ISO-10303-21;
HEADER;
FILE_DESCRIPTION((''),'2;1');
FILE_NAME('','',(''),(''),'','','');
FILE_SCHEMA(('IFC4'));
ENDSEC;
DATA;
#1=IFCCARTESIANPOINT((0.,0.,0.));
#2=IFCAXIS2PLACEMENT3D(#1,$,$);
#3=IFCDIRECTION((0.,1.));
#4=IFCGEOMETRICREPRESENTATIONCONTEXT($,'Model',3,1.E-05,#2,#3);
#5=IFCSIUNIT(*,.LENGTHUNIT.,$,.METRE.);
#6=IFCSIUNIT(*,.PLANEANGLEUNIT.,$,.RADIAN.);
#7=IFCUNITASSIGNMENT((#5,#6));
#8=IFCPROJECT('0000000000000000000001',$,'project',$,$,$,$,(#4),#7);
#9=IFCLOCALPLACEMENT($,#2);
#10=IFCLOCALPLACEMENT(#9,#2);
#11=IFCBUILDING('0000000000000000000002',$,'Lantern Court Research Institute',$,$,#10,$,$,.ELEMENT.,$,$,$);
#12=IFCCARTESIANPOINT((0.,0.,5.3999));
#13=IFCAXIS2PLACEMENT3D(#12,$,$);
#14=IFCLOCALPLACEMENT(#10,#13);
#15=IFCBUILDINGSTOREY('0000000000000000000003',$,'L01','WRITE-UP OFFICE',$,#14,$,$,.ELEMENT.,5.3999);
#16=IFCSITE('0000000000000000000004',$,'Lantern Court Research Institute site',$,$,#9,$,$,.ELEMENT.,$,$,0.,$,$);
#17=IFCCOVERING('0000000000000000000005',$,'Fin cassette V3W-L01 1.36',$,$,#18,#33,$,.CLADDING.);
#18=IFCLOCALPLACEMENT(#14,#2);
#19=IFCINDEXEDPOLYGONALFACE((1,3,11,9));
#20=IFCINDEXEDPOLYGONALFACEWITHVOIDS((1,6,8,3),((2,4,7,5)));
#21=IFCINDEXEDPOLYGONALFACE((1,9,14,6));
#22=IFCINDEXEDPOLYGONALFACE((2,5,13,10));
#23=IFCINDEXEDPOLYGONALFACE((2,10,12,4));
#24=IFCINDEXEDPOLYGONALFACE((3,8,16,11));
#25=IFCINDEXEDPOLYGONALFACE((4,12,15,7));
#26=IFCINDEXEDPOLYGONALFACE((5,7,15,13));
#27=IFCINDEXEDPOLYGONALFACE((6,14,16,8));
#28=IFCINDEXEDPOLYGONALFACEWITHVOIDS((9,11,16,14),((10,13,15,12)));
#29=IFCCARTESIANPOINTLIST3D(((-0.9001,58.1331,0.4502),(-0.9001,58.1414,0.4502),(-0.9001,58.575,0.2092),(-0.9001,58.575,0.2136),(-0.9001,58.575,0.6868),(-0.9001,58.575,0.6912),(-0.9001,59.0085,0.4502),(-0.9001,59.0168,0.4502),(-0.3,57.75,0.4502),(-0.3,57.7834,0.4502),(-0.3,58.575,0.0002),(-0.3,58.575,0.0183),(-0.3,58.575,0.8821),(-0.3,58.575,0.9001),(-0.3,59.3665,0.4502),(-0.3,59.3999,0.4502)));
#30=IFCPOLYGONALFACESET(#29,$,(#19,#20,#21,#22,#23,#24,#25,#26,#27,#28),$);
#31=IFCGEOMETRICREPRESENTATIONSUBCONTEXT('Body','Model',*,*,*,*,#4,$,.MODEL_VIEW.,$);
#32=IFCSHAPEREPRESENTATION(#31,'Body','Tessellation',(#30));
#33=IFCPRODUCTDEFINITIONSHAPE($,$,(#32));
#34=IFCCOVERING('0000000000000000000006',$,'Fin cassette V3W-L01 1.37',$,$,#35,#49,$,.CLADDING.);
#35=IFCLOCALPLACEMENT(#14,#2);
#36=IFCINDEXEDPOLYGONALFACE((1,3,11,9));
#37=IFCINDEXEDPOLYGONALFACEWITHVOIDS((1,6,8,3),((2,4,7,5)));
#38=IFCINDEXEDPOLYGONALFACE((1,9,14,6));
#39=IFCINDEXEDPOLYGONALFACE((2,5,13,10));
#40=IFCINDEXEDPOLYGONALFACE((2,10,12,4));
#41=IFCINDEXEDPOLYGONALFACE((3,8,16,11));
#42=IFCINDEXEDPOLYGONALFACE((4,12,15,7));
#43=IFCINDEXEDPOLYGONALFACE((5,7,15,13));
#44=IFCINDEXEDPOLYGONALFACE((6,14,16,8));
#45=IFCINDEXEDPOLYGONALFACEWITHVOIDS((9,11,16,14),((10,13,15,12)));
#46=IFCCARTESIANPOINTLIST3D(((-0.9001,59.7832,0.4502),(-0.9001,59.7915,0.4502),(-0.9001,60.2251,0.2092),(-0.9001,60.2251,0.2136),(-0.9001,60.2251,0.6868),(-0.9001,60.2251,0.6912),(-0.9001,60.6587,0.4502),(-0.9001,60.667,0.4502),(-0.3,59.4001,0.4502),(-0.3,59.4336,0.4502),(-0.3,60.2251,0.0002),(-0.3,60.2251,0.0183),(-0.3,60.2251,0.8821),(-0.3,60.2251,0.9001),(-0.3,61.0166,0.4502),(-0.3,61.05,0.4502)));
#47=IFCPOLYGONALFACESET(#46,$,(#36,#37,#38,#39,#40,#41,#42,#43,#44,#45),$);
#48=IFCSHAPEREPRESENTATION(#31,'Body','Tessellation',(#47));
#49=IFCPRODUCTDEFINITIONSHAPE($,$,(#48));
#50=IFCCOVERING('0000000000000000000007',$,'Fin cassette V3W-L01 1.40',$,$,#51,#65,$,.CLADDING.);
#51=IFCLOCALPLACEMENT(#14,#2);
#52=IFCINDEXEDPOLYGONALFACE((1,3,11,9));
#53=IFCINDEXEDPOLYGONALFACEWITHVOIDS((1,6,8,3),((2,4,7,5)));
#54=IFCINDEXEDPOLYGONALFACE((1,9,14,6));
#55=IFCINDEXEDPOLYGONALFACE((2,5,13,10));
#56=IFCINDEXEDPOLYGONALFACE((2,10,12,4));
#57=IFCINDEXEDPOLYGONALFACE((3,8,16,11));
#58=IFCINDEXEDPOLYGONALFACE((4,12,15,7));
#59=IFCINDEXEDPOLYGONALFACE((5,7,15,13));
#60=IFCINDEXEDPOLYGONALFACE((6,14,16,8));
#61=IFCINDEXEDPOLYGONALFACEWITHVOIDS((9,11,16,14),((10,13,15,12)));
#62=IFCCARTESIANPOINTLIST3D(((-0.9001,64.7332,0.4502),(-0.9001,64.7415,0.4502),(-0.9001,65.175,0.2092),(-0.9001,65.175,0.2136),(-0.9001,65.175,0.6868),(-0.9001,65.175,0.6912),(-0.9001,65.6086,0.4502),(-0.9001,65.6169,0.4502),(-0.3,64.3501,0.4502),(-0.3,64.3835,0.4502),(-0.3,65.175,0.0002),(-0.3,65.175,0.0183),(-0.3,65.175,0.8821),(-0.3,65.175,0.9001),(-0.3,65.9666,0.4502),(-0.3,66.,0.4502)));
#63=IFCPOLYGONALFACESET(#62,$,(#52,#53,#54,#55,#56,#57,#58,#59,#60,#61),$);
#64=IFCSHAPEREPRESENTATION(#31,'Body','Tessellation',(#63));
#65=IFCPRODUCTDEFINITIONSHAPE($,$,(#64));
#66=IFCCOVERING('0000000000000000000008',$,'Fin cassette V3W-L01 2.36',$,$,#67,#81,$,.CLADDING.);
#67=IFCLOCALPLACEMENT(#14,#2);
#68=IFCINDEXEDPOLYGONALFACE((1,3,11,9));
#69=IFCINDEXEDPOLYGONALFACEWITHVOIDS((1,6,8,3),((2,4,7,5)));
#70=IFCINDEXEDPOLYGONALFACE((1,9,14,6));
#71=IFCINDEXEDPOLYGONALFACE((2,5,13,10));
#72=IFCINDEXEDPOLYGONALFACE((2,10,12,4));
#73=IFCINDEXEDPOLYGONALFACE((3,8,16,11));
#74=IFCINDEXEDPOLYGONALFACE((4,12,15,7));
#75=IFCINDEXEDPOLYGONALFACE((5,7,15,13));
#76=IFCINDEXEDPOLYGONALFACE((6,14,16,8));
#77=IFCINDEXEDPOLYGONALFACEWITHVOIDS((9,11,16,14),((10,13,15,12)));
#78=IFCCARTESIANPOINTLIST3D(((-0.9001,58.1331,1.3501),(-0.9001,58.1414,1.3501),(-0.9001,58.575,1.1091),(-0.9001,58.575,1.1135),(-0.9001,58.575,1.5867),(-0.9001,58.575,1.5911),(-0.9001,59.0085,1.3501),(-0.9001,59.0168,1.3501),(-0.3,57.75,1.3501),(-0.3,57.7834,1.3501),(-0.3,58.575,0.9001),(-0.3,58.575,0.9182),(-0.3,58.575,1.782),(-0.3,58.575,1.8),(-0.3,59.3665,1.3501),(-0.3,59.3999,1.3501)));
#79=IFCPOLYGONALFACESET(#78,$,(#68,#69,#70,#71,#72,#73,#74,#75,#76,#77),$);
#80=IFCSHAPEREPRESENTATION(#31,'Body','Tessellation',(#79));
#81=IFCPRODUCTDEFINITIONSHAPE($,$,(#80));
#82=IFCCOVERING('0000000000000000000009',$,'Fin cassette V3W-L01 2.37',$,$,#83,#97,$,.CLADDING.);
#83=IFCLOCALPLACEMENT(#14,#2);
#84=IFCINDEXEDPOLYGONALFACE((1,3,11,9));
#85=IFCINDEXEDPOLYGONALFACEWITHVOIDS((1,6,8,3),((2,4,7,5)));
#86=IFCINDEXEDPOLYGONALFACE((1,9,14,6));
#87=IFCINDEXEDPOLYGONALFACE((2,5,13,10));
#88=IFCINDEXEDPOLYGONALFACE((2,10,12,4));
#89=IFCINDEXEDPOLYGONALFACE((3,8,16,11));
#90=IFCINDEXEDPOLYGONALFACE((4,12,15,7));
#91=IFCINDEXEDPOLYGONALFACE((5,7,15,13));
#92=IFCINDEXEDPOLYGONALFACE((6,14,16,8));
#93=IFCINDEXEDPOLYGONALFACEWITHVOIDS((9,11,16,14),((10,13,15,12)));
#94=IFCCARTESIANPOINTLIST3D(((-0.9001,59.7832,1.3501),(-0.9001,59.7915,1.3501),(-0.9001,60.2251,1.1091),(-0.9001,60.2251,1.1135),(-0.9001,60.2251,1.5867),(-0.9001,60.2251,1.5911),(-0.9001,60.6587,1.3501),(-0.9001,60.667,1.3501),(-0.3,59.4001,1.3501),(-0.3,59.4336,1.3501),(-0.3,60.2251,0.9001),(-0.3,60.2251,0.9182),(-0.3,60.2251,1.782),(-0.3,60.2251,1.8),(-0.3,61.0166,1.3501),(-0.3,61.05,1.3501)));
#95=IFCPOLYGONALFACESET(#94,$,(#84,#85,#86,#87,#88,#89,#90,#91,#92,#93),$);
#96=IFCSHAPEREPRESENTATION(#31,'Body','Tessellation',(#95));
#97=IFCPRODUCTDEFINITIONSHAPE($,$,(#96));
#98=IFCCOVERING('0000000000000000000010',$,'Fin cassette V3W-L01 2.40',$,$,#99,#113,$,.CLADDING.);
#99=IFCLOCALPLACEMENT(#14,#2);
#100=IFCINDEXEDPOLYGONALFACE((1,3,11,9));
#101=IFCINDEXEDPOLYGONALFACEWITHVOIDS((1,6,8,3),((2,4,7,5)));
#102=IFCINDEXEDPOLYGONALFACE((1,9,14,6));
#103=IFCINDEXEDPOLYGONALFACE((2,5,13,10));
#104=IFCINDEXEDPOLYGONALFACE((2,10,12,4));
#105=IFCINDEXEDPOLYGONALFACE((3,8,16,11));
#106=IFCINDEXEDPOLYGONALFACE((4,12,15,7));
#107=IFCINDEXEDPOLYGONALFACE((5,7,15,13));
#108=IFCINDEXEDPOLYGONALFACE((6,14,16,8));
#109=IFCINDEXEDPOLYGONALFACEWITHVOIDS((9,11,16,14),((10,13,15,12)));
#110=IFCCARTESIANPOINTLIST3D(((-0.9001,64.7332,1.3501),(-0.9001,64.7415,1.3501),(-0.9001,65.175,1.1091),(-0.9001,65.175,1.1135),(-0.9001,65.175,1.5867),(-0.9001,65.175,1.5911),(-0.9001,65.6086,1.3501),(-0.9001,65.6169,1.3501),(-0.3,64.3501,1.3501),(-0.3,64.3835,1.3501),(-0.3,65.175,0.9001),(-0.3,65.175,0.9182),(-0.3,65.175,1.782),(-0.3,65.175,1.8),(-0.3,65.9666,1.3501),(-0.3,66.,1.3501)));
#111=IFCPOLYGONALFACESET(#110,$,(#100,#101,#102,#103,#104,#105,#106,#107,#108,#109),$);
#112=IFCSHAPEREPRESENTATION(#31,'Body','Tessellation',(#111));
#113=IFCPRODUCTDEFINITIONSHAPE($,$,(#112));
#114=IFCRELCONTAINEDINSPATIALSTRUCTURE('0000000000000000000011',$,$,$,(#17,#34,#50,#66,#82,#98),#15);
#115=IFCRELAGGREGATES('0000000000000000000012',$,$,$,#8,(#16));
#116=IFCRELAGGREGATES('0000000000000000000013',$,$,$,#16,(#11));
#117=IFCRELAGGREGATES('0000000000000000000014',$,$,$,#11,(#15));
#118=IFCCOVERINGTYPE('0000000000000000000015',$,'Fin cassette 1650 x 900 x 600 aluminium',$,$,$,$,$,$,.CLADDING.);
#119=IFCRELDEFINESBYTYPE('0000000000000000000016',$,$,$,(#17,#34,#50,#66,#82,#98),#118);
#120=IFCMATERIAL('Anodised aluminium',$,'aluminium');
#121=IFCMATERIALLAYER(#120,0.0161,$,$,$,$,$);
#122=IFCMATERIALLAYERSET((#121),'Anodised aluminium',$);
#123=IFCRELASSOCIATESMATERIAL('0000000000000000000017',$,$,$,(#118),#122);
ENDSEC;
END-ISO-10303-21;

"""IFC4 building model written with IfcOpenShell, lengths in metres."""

from ifc_helpers import new_model, entity, si_unit, direction, frame, origin, place, context, subcontext, project, spatial, material, layer, layer_set, type_object, element, save


model = new_model("IFC4")

# Units and contexts
model_context = context("Model", 3, precision=1e-05, world=origin(), true_north=direction((0.0, 1.0)))
body_context = subcontext(model_context, "Body", "Model", "MODEL_VIEW")
ifc_project = project(units=[si_unit("LENGTHUNIT", "METRE"), si_unit("PLANEANGLEUNIT", "RADIAN")], contexts=[model_context])

# Site, building, storey
site_placement = place(None, origin())
site = spatial("IfcSite", under=ifc_project, at=site_placement, Name="Lantern Court Research Institute site", CompositionType="ELEMENT", RefElevation=0.0)
building_placement = place(site_placement, origin())
building = spatial("IfcBuilding", under=site, at=building_placement, Name="Lantern Court Research Institute", CompositionType="ELEMENT")
storey_placement = place(building_placement, frame((0.0, 0.0, 5.3999)))
storey = spatial("IfcBuildingStorey", under=building, at=storey_placement, Name="L01", Description="WRITE-UP OFFICE", CompositionType="ELEMENT", Elevation=5.3999)

# Coverings
ifc_material_1 = material(Name="Anodised aluminium", Category="aluminium")
ifc_layer_1 = layer(ifc_material_1, 0.0161)
ifc_layer_set_1 = layer_set([ifc_layer_1], Name="Anodised aluminium")
covering_type_1 = type_object("IfcCoveringType", Name="Fin cassette 1650 x 900 x 600 aluminium", PredefinedType="CLADDING", material=ifc_layer_set_1)
covering_1_placement = place(storey_placement, frame((-0.3, 58.575, 0.4502), z_axis=(-1.0, 0.0, 0.0), x_axis=(0.0, -1.0, 0.0)))
cartesian_point_1 = entity("IfcCartesianPoint", [0.825, 0.0])
cartesian_point_2 = entity("IfcCartesianPoint", [0.7915, 0.0])
cartesian_point_3 = entity("IfcCartesianPoint", [0.4419, 0.0])
cartesian_point_4 = entity("IfcCartesianPoint", [0.4336, 0.0])
element("IfcCovering", 1, at=covering_1_placement, inside=storey, type_object=covering_type_1, Name="Fin cassette V3W-L01 1.36", PredefinedType="CLADDING", context=body_context, shape_type="SweptSolid", body=[
    entity("IfcExtrudedAreaSolidTapered", entity("IfcArbitraryProfileDefWithVoids", "AREA", None, entity("IfcPolyline", [cartesian_point_1, entity("IfcCartesianPoint", [0.0, 0.45]), entity("IfcCartesianPoint", [-0.825, 0.0]), entity("IfcCartesianPoint", [0.0, -0.45]), cartesian_point_1]), [entity("IfcPolyline", [cartesian_point_2, entity("IfcCartesianPoint", [0.0, 0.4319]), entity("IfcCartesianPoint", [-0.7915, 0.0]), entity("IfcCartesianPoint", [0.0, -0.4319]), cartesian_point_2])]), entity("IfcAxis2Placement3D", entity("IfcCartesianPoint", [0.0, 0.0, 0.0])), entity("IfcDirection", [0.0, 0.0, 1.0]), 0.6001, entity("IfcArbitraryProfileDefWithVoids", "AREA", None, entity("IfcPolyline", [cartesian_point_3, entity("IfcCartesianPoint", [0.0, 0.241]), entity("IfcCartesianPoint", [-0.4419, 0.0]), entity("IfcCartesianPoint", [0.0, -0.241]), cartesian_point_3]), [entity("IfcPolyline", [cartesian_point_4, entity("IfcCartesianPoint", [0.0, 0.2366]), entity("IfcCartesianPoint", [-0.4336, 0.0]), entity("IfcCartesianPoint", [0.0, -0.2366]), cartesian_point_4])])),
])
covering_2_placement = place(storey_placement, frame((-0.3, 60.2251, 0.4502), z_axis=(-1.0, 0.0, 0.0), x_axis=(0.0, -1.0, 0.0)))
cartesian_point_5 = entity("IfcCartesianPoint", [0.825, 0.0])
cartesian_point_6 = entity("IfcCartesianPoint", [0.7915, 0.0])
cartesian_point_7 = entity("IfcCartesianPoint", [0.4419, 0.0])
cartesian_point_8 = entity("IfcCartesianPoint", [0.4336, 0.0])
element("IfcCovering", 2, at=covering_2_placement, inside=storey, type_object=covering_type_1, Name="Fin cassette V3W-L01 1.37", PredefinedType="CLADDING", context=body_context, shape_type="SweptSolid", body=[
    entity("IfcExtrudedAreaSolidTapered", entity("IfcArbitraryProfileDefWithVoids", "AREA", None, entity("IfcPolyline", [cartesian_point_5, entity("IfcCartesianPoint", [0.0, 0.45]), entity("IfcCartesianPoint", [-0.825, 0.0]), entity("IfcCartesianPoint", [0.0, -0.45]), cartesian_point_5]), [entity("IfcPolyline", [cartesian_point_6, entity("IfcCartesianPoint", [0.0, 0.4319]), entity("IfcCartesianPoint", [-0.7915, 0.0]), entity("IfcCartesianPoint", [0.0, -0.4319]), cartesian_point_6])]), entity("IfcAxis2Placement3D", entity("IfcCartesianPoint", [0.0, 0.0, 0.0])), entity("IfcDirection", [0.0, 0.0, 1.0]), 0.6001, entity("IfcArbitraryProfileDefWithVoids", "AREA", None, entity("IfcPolyline", [cartesian_point_7, entity("IfcCartesianPoint", [0.0, 0.241]), entity("IfcCartesianPoint", [-0.4419, 0.0]), entity("IfcCartesianPoint", [0.0, -0.241]), cartesian_point_7]), [entity("IfcPolyline", [cartesian_point_8, entity("IfcCartesianPoint", [0.0, 0.2366]), entity("IfcCartesianPoint", [-0.4336, 0.0]), entity("IfcCartesianPoint", [0.0, -0.2366]), cartesian_point_8])])),
])
covering_3_placement = place(storey_placement, frame((-0.3, 65.175, 0.4502), z_axis=(-1.0, 0.0, 0.0), x_axis=(0.0, -1.0, 0.0)))
cartesian_point_9 = entity("IfcCartesianPoint", [0.825, 0.0])
cartesian_point_10 = entity("IfcCartesianPoint", [0.7915, 0.0])
cartesian_point_11 = entity("IfcCartesianPoint", [0.4419, 0.0])
cartesian_point_12 = entity("IfcCartesianPoint", [0.4336, 0.0])
element("IfcCovering", 3, at=covering_3_placement, inside=storey, type_object=covering_type_1, Name="Fin cassette V3W-L01 1.40", PredefinedType="CLADDING", context=body_context, shape_type="SweptSolid", body=[
    entity("IfcExtrudedAreaSolidTapered", entity("IfcArbitraryProfileDefWithVoids", "AREA", None, entity("IfcPolyline", [cartesian_point_9, entity("IfcCartesianPoint", [0.0, 0.45]), entity("IfcCartesianPoint", [-0.825, 0.0]), entity("IfcCartesianPoint", [0.0, -0.45]), cartesian_point_9]), [entity("IfcPolyline", [cartesian_point_10, entity("IfcCartesianPoint", [0.0, 0.4319]), entity("IfcCartesianPoint", [-0.7915, 0.0]), entity("IfcCartesianPoint", [0.0, -0.4319]), cartesian_point_10])]), entity("IfcAxis2Placement3D", entity("IfcCartesianPoint", [0.0, 0.0, 0.0])), entity("IfcDirection", [0.0, 0.0, 1.0]), 0.6001, entity("IfcArbitraryProfileDefWithVoids", "AREA", None, entity("IfcPolyline", [cartesian_point_11, entity("IfcCartesianPoint", [0.0, 0.241]), entity("IfcCartesianPoint", [-0.4419, 0.0]), entity("IfcCartesianPoint", [0.0, -0.241]), cartesian_point_11]), [entity("IfcPolyline", [cartesian_point_12, entity("IfcCartesianPoint", [0.0, 0.2366]), entity("IfcCartesianPoint", [-0.4336, 0.0]), entity("IfcCartesianPoint", [0.0, -0.2366]), cartesian_point_12])])),
])
covering_4_placement = place(storey_placement, frame((-0.3, 58.575, 1.3501), z_axis=(-1.0, 0.0, 0.0), x_axis=(0.0, -1.0, 0.0)))
cartesian_point_13 = entity("IfcCartesianPoint", [0.825, 0.0])
cartesian_point_14 = entity("IfcCartesianPoint", [0.7915, 0.0])
cartesian_point_15 = entity("IfcCartesianPoint", [0.4419, 0.0])
cartesian_point_16 = entity("IfcCartesianPoint", [0.4336, 0.0])
element("IfcCovering", 4, at=covering_4_placement, inside=storey, type_object=covering_type_1, Name="Fin cassette V3W-L01 2.36", PredefinedType="CLADDING", context=body_context, shape_type="SweptSolid", body=[
    entity("IfcExtrudedAreaSolidTapered", entity("IfcArbitraryProfileDefWithVoids", "AREA", None, entity("IfcPolyline", [cartesian_point_13, entity("IfcCartesianPoint", [0.0, 0.45]), entity("IfcCartesianPoint", [-0.825, 0.0]), entity("IfcCartesianPoint", [0.0, -0.45]), cartesian_point_13]), [entity("IfcPolyline", [cartesian_point_14, entity("IfcCartesianPoint", [0.0, 0.4319]), entity("IfcCartesianPoint", [-0.7915, 0.0]), entity("IfcCartesianPoint", [0.0, -0.4319]), cartesian_point_14])]), entity("IfcAxis2Placement3D", entity("IfcCartesianPoint", [0.0, 0.0, 0.0])), entity("IfcDirection", [0.0, 0.0, 1.0]), 0.6001, entity("IfcArbitraryProfileDefWithVoids", "AREA", None, entity("IfcPolyline", [cartesian_point_15, entity("IfcCartesianPoint", [0.0, 0.241]), entity("IfcCartesianPoint", [-0.4419, 0.0]), entity("IfcCartesianPoint", [0.0, -0.241]), cartesian_point_15]), [entity("IfcPolyline", [cartesian_point_16, entity("IfcCartesianPoint", [0.0, 0.2366]), entity("IfcCartesianPoint", [-0.4336, 0.0]), entity("IfcCartesianPoint", [0.0, -0.2366]), cartesian_point_16])])),
])
covering_5_placement = place(storey_placement, frame((-0.3, 60.2251, 1.3501), z_axis=(-1.0, 0.0, 0.0), x_axis=(0.0, -1.0, 0.0)))
cartesian_point_17 = entity("IfcCartesianPoint", [0.825, 0.0])
cartesian_point_18 = entity("IfcCartesianPoint", [0.7915, 0.0])
cartesian_point_19 = entity("IfcCartesianPoint", [0.4419, 0.0])
cartesian_point_20 = entity("IfcCartesianPoint", [0.4336, 0.0])
element("IfcCovering", 5, at=covering_5_placement, inside=storey, type_object=covering_type_1, Name="Fin cassette V3W-L01 2.37", PredefinedType="CLADDING", context=body_context, shape_type="SweptSolid", body=[
    entity("IfcExtrudedAreaSolidTapered", entity("IfcArbitraryProfileDefWithVoids", "AREA", None, entity("IfcPolyline", [cartesian_point_17, entity("IfcCartesianPoint", [0.0, 0.45]), entity("IfcCartesianPoint", [-0.825, 0.0]), entity("IfcCartesianPoint", [0.0, -0.45]), cartesian_point_17]), [entity("IfcPolyline", [cartesian_point_18, entity("IfcCartesianPoint", [0.0, 0.4319]), entity("IfcCartesianPoint", [-0.7915, 0.0]), entity("IfcCartesianPoint", [0.0, -0.4319]), cartesian_point_18])]), entity("IfcAxis2Placement3D", entity("IfcCartesianPoint", [0.0, 0.0, 0.0])), entity("IfcDirection", [0.0, 0.0, 1.0]), 0.6001, entity("IfcArbitraryProfileDefWithVoids", "AREA", None, entity("IfcPolyline", [cartesian_point_19, entity("IfcCartesianPoint", [0.0, 0.241]), entity("IfcCartesianPoint", [-0.4419, 0.0]), entity("IfcCartesianPoint", [0.0, -0.241]), cartesian_point_19]), [entity("IfcPolyline", [cartesian_point_20, entity("IfcCartesianPoint", [0.0, 0.2366]), entity("IfcCartesianPoint", [-0.4336, 0.0]), entity("IfcCartesianPoint", [0.0, -0.2366]), cartesian_point_20])])),
])
covering_6_placement = place(storey_placement, frame((-0.3, 65.175, 1.3501), z_axis=(-1.0, 0.0, 0.0), x_axis=(0.0, -1.0, 0.0)))
cartesian_point_21 = entity("IfcCartesianPoint", [0.825, 0.0])
cartesian_point_22 = entity("IfcCartesianPoint", [0.7915, 0.0])
cartesian_point_23 = entity("IfcCartesianPoint", [0.4419, 0.0])
cartesian_point_24 = entity("IfcCartesianPoint", [0.4336, 0.0])
element("IfcCovering", 6, at=covering_6_placement, inside=storey, type_object=covering_type_1, Name="Fin cassette V3W-L01 2.40", PredefinedType="CLADDING", context=body_context, shape_type="SweptSolid", body=[
    entity("IfcExtrudedAreaSolidTapered", entity("IfcArbitraryProfileDefWithVoids", "AREA", None, entity("IfcPolyline", [cartesian_point_21, entity("IfcCartesianPoint", [0.0, 0.45]), entity("IfcCartesianPoint", [-0.825, 0.0]), entity("IfcCartesianPoint", [0.0, -0.45]), cartesian_point_21]), [entity("IfcPolyline", [cartesian_point_22, entity("IfcCartesianPoint", [0.0, 0.4319]), entity("IfcCartesianPoint", [-0.7915, 0.0]), entity("IfcCartesianPoint", [0.0, -0.4319]), cartesian_point_22])]), entity("IfcAxis2Placement3D", entity("IfcCartesianPoint", [0.0, 0.0, 0.0])), entity("IfcDirection", [0.0, 0.0, 1.0]), 0.6001, entity("IfcArbitraryProfileDefWithVoids", "AREA", None, entity("IfcPolyline", [cartesian_point_23, entity("IfcCartesianPoint", [0.0, 0.241]), entity("IfcCartesianPoint", [-0.4419, 0.0]), entity("IfcCartesianPoint", [0.0, -0.241]), cartesian_point_23]), [entity("IfcPolyline", [cartesian_point_24, entity("IfcCartesianPoint", [0.0, 0.2366]), entity("IfcCartesianPoint", [-0.4336, 0.0]), entity("IfcCartesianPoint", [0.0, -0.2366]), cartesian_point_24])])),
])

save(model, "model.ifc")
